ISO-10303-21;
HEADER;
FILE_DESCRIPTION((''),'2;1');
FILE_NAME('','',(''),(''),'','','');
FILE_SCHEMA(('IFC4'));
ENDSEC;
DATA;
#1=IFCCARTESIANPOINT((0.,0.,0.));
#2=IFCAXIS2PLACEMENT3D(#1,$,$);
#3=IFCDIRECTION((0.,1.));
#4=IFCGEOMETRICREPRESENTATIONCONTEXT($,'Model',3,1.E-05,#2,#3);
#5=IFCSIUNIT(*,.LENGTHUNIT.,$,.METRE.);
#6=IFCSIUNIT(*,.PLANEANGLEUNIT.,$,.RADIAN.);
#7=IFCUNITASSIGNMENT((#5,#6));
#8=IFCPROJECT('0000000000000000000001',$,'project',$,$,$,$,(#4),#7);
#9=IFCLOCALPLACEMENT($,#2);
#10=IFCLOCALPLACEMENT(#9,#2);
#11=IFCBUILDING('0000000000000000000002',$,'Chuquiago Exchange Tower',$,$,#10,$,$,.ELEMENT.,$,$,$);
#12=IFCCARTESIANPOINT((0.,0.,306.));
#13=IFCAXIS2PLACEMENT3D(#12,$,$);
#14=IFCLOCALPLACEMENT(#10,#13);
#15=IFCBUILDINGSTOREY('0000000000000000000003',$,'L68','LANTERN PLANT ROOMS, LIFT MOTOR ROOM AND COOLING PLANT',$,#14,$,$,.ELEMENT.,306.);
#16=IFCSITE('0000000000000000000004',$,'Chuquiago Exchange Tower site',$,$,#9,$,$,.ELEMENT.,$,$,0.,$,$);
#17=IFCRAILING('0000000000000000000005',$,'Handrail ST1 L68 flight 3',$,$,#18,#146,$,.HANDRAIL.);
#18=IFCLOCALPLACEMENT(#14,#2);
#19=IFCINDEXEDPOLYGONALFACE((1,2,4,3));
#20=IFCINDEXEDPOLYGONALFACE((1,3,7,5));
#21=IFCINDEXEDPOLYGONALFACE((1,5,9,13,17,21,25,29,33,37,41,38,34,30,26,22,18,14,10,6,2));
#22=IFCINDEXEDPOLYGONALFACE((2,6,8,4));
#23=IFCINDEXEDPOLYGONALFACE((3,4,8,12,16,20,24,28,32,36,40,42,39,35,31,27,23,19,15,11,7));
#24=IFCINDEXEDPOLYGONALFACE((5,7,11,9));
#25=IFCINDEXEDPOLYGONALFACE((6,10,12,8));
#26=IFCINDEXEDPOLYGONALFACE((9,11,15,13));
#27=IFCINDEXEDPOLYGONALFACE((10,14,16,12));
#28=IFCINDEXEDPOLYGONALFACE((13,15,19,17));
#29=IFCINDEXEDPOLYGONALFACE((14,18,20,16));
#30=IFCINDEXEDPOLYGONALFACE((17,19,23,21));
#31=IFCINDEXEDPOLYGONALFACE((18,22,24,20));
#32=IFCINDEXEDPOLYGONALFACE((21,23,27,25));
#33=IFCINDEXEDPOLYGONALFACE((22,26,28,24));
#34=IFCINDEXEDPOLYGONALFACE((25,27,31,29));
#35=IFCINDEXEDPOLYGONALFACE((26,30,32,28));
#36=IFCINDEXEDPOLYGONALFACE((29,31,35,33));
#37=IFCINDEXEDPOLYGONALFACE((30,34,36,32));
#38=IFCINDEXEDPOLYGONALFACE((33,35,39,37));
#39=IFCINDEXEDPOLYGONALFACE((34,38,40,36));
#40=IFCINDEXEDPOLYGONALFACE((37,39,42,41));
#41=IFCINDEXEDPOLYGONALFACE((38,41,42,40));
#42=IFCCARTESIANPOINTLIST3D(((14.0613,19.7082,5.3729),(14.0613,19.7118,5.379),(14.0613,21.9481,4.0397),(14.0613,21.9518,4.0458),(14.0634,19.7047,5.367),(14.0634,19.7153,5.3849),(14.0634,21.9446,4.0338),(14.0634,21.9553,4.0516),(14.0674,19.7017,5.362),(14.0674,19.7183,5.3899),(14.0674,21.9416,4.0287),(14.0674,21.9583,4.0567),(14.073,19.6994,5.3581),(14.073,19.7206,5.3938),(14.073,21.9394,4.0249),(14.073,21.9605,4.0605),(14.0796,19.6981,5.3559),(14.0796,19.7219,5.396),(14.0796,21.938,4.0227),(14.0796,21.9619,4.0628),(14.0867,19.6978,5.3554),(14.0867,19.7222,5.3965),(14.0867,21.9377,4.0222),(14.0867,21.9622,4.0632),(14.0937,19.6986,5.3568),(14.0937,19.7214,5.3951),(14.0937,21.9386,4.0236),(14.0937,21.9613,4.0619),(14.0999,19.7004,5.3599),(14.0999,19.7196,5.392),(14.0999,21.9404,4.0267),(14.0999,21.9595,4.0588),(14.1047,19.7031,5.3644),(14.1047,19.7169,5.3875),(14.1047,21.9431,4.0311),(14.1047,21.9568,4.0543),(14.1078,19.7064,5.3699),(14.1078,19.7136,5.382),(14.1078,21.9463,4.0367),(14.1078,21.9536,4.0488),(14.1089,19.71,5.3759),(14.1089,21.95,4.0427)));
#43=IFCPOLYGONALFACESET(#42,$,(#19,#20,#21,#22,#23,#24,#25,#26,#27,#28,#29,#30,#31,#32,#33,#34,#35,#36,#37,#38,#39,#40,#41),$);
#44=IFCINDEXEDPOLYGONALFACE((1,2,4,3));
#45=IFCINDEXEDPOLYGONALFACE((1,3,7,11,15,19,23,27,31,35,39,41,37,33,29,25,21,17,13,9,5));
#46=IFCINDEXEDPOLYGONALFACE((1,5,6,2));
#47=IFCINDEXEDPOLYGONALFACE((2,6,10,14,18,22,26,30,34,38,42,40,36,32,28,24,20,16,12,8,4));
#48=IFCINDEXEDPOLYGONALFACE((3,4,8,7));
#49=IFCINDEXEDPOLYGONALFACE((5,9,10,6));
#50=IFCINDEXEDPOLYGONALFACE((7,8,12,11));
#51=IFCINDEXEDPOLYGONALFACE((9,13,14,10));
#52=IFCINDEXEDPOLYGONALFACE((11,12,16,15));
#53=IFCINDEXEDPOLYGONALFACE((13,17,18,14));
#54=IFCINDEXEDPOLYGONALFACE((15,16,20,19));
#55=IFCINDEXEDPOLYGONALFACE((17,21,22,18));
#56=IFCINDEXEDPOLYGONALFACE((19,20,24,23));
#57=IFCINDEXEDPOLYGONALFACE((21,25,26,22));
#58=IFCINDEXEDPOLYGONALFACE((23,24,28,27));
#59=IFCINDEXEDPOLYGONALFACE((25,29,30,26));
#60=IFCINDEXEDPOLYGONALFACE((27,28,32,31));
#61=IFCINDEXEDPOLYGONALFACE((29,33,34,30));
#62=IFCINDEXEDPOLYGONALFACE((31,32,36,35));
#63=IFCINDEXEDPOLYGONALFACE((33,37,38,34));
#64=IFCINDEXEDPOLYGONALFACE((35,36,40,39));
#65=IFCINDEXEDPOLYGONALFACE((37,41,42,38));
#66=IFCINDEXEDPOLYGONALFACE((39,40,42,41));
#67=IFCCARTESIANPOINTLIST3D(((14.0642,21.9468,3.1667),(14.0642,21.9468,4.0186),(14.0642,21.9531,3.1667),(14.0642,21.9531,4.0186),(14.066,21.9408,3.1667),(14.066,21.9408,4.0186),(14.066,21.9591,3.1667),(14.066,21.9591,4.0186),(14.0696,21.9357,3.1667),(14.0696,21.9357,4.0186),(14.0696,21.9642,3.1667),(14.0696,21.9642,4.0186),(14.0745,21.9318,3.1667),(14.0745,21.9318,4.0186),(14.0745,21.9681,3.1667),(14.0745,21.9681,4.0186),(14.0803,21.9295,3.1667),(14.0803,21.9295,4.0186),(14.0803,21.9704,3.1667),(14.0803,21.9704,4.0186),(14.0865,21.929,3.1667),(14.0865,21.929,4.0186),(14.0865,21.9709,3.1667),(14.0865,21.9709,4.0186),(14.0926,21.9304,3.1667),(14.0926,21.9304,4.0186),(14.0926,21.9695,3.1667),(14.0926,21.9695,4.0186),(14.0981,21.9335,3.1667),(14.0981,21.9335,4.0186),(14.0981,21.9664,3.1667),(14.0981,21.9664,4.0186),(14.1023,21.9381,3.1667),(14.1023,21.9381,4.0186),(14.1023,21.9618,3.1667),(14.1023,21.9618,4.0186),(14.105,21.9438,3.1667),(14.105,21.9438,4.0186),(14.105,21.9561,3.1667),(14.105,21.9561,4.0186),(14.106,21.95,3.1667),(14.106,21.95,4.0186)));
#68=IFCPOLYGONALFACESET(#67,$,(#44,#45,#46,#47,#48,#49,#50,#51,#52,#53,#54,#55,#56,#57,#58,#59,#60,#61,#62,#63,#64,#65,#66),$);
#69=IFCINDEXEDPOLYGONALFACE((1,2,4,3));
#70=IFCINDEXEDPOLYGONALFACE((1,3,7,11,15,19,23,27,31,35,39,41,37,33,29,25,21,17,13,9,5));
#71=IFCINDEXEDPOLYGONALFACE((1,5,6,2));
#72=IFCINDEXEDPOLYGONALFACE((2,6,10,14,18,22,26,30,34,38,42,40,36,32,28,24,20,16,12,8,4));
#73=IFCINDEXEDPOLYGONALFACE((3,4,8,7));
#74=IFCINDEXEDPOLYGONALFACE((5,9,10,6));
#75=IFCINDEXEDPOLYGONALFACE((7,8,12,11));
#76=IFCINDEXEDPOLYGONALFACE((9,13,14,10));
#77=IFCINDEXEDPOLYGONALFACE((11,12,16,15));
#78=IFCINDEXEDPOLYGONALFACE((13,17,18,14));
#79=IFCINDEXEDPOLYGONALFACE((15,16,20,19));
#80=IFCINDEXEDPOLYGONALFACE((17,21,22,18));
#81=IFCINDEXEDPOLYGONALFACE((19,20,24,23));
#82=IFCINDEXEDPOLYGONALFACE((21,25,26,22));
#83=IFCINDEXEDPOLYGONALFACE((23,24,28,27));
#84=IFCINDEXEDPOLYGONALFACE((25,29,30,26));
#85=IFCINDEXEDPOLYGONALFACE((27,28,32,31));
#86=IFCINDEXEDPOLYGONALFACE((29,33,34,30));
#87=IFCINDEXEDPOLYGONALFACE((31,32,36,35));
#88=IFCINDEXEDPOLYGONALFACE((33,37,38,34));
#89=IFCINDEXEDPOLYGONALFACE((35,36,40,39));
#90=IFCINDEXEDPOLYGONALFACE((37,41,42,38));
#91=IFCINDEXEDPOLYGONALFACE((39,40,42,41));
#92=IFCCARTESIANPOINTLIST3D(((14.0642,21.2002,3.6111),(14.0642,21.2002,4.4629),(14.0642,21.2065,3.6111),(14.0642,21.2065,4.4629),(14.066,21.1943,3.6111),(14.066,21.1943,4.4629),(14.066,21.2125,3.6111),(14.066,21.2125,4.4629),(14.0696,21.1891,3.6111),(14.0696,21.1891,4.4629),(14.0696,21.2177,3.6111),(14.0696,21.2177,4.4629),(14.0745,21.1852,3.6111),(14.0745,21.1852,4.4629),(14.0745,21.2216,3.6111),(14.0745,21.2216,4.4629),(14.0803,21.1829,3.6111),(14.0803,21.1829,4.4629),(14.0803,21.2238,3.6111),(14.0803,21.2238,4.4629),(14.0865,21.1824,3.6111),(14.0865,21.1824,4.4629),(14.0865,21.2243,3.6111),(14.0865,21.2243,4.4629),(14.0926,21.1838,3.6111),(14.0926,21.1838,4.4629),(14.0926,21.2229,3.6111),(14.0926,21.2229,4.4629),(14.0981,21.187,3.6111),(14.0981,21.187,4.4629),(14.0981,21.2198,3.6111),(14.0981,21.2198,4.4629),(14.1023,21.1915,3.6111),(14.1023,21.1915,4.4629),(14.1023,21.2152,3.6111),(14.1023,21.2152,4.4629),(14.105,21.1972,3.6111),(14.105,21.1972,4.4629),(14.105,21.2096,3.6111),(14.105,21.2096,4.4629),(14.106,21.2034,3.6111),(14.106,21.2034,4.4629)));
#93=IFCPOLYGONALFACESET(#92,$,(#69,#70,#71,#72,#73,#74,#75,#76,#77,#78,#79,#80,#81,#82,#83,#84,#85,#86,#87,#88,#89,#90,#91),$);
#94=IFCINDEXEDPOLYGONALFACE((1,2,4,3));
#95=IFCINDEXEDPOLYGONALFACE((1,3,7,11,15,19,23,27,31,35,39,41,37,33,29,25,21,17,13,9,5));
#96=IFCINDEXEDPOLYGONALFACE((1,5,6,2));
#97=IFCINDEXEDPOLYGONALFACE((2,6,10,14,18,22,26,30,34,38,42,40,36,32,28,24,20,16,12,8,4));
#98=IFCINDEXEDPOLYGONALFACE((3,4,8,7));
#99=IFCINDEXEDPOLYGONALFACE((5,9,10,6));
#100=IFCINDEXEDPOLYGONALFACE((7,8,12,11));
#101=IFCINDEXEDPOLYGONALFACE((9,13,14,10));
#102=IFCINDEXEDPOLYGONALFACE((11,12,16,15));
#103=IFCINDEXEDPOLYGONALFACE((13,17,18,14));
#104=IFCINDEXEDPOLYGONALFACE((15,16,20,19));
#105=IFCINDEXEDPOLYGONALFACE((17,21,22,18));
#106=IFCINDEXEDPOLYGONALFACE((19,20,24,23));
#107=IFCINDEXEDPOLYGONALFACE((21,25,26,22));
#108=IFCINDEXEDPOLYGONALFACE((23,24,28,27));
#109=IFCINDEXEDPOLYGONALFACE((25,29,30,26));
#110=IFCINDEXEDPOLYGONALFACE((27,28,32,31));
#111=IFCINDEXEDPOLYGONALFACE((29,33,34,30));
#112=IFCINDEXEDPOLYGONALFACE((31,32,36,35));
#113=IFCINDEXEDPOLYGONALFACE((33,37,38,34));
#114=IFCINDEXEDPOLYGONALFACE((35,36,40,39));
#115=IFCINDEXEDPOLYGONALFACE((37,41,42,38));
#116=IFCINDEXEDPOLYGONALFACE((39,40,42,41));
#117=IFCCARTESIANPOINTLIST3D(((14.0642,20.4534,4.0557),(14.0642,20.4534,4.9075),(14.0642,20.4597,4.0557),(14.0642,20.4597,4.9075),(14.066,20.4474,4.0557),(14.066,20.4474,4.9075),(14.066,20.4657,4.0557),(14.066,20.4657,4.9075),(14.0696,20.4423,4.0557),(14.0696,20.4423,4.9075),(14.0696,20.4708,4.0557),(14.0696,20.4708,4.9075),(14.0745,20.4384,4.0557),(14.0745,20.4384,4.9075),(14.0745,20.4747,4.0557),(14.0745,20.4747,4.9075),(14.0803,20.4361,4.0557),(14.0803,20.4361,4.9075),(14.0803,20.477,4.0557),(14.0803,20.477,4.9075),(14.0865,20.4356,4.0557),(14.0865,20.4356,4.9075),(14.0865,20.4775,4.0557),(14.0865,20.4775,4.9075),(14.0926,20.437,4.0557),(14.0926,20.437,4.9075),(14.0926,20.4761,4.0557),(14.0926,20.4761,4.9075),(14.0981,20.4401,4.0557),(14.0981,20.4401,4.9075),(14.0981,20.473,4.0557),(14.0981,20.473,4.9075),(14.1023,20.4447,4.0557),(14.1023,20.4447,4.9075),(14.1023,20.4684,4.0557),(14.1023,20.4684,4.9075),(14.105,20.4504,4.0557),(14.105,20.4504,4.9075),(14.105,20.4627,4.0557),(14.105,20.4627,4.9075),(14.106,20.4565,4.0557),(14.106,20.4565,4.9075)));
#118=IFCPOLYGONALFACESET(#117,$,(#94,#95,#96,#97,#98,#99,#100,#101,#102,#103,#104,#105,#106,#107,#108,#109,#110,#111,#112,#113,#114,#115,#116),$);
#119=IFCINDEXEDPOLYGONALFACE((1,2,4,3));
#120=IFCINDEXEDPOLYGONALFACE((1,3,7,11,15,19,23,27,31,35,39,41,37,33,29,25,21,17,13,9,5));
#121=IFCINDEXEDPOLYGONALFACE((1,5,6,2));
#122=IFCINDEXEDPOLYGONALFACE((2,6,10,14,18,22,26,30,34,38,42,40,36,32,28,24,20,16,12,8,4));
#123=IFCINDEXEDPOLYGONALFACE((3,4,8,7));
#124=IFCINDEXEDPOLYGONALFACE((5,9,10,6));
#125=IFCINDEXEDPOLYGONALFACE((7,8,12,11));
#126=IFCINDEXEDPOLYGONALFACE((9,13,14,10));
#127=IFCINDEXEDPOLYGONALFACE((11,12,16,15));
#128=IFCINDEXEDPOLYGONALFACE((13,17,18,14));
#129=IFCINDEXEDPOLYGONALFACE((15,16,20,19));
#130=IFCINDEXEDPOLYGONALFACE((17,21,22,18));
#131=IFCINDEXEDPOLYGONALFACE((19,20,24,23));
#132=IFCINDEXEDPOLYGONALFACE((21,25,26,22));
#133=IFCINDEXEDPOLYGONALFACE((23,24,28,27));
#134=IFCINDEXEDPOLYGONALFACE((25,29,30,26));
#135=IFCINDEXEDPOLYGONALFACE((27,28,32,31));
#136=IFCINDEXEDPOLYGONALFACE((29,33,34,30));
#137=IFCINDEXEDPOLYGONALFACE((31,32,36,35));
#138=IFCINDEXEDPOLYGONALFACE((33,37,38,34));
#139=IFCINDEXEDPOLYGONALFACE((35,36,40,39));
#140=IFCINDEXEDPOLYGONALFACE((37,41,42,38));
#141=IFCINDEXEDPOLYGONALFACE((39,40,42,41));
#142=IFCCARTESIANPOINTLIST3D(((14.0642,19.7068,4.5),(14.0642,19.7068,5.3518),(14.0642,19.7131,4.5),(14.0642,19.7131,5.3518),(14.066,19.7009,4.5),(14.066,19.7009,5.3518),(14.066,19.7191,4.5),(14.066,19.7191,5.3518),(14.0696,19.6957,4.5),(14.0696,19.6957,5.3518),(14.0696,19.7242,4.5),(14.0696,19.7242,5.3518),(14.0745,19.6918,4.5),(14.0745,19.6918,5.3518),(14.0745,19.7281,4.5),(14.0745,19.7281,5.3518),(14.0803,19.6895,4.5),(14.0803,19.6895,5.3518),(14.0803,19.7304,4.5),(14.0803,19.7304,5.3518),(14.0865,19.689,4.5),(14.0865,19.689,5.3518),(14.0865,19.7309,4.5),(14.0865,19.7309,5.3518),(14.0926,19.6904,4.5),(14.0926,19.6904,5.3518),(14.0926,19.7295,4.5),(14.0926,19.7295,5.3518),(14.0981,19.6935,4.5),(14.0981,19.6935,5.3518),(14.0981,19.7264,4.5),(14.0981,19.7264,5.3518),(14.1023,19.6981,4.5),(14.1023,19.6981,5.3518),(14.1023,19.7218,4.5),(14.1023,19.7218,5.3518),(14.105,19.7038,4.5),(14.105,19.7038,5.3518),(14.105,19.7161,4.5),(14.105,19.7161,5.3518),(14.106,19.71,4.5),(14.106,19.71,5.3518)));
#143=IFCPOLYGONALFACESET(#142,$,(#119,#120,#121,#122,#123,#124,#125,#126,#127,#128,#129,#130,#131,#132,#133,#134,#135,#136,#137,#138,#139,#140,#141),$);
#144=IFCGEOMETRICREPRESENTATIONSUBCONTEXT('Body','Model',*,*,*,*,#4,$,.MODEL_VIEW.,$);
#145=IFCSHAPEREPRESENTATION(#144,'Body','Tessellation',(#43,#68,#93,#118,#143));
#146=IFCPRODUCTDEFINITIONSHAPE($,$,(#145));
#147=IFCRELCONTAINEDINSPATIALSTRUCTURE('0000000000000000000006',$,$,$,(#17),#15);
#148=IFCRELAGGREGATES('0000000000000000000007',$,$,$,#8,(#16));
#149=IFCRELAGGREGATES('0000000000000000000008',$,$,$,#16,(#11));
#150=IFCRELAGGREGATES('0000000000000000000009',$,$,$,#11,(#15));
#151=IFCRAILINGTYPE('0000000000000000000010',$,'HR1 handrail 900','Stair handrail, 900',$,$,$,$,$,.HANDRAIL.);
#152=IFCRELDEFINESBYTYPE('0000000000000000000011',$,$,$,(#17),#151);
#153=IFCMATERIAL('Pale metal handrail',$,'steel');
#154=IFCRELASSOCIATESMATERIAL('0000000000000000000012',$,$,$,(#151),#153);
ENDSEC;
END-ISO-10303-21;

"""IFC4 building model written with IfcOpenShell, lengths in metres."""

from ifc_helpers import new_model, si_unit, direction, frame, origin, origin_2d, place, context, subcontext, project, spatial, circle, extrude, material, type_object, element, save


model = new_model("IFC4")

# Units and contexts
model_context = context("Model", 3, precision=1e-05, world=origin(), true_north=direction((0.0, 1.0)))
body_context = subcontext(model_context, "Body", "Model", "MODEL_VIEW")
ifc_project = project(units=[si_unit("LENGTHUNIT", "METRE"), si_unit("PLANEANGLEUNIT", "RADIAN")], contexts=[model_context])

# Site, building, storey
site_placement = place(None, origin())
site = spatial("IfcSite", under=ifc_project, at=site_placement, Name="Chuquiago Exchange Tower site", CompositionType="ELEMENT", RefElevation=0.0)
building_placement = place(site_placement, origin())
building = spatial("IfcBuilding", under=site, at=building_placement, Name="Chuquiago Exchange Tower", CompositionType="ELEMENT")
storey_placement = place(building_placement, frame((0.0, 0.0, 306.0)))
storey = spatial("IfcBuildingStorey", under=building, at=storey_placement, Name="L68", Description="LANTERN PLANT ROOMS, LIFT MOTOR ROOM AND COOLING PLANT", CompositionType="ELEMENT", Elevation=306.0)

# Railing
ifc_material_1 = material(Name="Pale metal handrail", Category="steel")
railing_type = type_object("IfcRailingType", Name="HR1 handrail 900", Description="Stair handrail, 900", PredefinedType="HANDRAIL", material=ifc_material_1)
for number, where, name in (
    (1, (14.085, 21.95, 3.1667), "Handrail ST1 L68 flight 3"),
):
    element("IfcRailing", number, at=place(storey_placement, frame(where)), inside=storey, type_object=railing_type, Name=name, PredefinedType="HANDRAIL", context=body_context, shape_type="SweptSolid", body=[
        extrude(circle(Radius=0.0239, at=origin_2d()), frame((0.0, 0.0, 0.876), z_axis=(0.0, -0.859306, 0.511462), x_axis=(1.0, 0.0, 0.0)), (0.0, 0.0, 1.0), 2.6067),
        extrude(circle(Radius=0.021, at=origin_2d()), origin(), (0.0, 0.0, 1.0), 0.8518),
        extrude(circle(Radius=0.021, at=origin_2d()), frame((0.0, -0.7466, 0.4443)), (0.0, 0.0, 1.0), 0.8518),
        extrude(circle(Radius=0.021, at=origin_2d()), frame((0.0, -1.4934, 0.8889)), (0.0, 0.0, 1.0), 0.8518),
        extrude(circle(Radius=0.021, at=origin_2d()), frame((0.0, -2.24, 1.3333)), (0.0, 0.0, 1.0), 0.8518),
    ])

save(model, "model.ifc")
